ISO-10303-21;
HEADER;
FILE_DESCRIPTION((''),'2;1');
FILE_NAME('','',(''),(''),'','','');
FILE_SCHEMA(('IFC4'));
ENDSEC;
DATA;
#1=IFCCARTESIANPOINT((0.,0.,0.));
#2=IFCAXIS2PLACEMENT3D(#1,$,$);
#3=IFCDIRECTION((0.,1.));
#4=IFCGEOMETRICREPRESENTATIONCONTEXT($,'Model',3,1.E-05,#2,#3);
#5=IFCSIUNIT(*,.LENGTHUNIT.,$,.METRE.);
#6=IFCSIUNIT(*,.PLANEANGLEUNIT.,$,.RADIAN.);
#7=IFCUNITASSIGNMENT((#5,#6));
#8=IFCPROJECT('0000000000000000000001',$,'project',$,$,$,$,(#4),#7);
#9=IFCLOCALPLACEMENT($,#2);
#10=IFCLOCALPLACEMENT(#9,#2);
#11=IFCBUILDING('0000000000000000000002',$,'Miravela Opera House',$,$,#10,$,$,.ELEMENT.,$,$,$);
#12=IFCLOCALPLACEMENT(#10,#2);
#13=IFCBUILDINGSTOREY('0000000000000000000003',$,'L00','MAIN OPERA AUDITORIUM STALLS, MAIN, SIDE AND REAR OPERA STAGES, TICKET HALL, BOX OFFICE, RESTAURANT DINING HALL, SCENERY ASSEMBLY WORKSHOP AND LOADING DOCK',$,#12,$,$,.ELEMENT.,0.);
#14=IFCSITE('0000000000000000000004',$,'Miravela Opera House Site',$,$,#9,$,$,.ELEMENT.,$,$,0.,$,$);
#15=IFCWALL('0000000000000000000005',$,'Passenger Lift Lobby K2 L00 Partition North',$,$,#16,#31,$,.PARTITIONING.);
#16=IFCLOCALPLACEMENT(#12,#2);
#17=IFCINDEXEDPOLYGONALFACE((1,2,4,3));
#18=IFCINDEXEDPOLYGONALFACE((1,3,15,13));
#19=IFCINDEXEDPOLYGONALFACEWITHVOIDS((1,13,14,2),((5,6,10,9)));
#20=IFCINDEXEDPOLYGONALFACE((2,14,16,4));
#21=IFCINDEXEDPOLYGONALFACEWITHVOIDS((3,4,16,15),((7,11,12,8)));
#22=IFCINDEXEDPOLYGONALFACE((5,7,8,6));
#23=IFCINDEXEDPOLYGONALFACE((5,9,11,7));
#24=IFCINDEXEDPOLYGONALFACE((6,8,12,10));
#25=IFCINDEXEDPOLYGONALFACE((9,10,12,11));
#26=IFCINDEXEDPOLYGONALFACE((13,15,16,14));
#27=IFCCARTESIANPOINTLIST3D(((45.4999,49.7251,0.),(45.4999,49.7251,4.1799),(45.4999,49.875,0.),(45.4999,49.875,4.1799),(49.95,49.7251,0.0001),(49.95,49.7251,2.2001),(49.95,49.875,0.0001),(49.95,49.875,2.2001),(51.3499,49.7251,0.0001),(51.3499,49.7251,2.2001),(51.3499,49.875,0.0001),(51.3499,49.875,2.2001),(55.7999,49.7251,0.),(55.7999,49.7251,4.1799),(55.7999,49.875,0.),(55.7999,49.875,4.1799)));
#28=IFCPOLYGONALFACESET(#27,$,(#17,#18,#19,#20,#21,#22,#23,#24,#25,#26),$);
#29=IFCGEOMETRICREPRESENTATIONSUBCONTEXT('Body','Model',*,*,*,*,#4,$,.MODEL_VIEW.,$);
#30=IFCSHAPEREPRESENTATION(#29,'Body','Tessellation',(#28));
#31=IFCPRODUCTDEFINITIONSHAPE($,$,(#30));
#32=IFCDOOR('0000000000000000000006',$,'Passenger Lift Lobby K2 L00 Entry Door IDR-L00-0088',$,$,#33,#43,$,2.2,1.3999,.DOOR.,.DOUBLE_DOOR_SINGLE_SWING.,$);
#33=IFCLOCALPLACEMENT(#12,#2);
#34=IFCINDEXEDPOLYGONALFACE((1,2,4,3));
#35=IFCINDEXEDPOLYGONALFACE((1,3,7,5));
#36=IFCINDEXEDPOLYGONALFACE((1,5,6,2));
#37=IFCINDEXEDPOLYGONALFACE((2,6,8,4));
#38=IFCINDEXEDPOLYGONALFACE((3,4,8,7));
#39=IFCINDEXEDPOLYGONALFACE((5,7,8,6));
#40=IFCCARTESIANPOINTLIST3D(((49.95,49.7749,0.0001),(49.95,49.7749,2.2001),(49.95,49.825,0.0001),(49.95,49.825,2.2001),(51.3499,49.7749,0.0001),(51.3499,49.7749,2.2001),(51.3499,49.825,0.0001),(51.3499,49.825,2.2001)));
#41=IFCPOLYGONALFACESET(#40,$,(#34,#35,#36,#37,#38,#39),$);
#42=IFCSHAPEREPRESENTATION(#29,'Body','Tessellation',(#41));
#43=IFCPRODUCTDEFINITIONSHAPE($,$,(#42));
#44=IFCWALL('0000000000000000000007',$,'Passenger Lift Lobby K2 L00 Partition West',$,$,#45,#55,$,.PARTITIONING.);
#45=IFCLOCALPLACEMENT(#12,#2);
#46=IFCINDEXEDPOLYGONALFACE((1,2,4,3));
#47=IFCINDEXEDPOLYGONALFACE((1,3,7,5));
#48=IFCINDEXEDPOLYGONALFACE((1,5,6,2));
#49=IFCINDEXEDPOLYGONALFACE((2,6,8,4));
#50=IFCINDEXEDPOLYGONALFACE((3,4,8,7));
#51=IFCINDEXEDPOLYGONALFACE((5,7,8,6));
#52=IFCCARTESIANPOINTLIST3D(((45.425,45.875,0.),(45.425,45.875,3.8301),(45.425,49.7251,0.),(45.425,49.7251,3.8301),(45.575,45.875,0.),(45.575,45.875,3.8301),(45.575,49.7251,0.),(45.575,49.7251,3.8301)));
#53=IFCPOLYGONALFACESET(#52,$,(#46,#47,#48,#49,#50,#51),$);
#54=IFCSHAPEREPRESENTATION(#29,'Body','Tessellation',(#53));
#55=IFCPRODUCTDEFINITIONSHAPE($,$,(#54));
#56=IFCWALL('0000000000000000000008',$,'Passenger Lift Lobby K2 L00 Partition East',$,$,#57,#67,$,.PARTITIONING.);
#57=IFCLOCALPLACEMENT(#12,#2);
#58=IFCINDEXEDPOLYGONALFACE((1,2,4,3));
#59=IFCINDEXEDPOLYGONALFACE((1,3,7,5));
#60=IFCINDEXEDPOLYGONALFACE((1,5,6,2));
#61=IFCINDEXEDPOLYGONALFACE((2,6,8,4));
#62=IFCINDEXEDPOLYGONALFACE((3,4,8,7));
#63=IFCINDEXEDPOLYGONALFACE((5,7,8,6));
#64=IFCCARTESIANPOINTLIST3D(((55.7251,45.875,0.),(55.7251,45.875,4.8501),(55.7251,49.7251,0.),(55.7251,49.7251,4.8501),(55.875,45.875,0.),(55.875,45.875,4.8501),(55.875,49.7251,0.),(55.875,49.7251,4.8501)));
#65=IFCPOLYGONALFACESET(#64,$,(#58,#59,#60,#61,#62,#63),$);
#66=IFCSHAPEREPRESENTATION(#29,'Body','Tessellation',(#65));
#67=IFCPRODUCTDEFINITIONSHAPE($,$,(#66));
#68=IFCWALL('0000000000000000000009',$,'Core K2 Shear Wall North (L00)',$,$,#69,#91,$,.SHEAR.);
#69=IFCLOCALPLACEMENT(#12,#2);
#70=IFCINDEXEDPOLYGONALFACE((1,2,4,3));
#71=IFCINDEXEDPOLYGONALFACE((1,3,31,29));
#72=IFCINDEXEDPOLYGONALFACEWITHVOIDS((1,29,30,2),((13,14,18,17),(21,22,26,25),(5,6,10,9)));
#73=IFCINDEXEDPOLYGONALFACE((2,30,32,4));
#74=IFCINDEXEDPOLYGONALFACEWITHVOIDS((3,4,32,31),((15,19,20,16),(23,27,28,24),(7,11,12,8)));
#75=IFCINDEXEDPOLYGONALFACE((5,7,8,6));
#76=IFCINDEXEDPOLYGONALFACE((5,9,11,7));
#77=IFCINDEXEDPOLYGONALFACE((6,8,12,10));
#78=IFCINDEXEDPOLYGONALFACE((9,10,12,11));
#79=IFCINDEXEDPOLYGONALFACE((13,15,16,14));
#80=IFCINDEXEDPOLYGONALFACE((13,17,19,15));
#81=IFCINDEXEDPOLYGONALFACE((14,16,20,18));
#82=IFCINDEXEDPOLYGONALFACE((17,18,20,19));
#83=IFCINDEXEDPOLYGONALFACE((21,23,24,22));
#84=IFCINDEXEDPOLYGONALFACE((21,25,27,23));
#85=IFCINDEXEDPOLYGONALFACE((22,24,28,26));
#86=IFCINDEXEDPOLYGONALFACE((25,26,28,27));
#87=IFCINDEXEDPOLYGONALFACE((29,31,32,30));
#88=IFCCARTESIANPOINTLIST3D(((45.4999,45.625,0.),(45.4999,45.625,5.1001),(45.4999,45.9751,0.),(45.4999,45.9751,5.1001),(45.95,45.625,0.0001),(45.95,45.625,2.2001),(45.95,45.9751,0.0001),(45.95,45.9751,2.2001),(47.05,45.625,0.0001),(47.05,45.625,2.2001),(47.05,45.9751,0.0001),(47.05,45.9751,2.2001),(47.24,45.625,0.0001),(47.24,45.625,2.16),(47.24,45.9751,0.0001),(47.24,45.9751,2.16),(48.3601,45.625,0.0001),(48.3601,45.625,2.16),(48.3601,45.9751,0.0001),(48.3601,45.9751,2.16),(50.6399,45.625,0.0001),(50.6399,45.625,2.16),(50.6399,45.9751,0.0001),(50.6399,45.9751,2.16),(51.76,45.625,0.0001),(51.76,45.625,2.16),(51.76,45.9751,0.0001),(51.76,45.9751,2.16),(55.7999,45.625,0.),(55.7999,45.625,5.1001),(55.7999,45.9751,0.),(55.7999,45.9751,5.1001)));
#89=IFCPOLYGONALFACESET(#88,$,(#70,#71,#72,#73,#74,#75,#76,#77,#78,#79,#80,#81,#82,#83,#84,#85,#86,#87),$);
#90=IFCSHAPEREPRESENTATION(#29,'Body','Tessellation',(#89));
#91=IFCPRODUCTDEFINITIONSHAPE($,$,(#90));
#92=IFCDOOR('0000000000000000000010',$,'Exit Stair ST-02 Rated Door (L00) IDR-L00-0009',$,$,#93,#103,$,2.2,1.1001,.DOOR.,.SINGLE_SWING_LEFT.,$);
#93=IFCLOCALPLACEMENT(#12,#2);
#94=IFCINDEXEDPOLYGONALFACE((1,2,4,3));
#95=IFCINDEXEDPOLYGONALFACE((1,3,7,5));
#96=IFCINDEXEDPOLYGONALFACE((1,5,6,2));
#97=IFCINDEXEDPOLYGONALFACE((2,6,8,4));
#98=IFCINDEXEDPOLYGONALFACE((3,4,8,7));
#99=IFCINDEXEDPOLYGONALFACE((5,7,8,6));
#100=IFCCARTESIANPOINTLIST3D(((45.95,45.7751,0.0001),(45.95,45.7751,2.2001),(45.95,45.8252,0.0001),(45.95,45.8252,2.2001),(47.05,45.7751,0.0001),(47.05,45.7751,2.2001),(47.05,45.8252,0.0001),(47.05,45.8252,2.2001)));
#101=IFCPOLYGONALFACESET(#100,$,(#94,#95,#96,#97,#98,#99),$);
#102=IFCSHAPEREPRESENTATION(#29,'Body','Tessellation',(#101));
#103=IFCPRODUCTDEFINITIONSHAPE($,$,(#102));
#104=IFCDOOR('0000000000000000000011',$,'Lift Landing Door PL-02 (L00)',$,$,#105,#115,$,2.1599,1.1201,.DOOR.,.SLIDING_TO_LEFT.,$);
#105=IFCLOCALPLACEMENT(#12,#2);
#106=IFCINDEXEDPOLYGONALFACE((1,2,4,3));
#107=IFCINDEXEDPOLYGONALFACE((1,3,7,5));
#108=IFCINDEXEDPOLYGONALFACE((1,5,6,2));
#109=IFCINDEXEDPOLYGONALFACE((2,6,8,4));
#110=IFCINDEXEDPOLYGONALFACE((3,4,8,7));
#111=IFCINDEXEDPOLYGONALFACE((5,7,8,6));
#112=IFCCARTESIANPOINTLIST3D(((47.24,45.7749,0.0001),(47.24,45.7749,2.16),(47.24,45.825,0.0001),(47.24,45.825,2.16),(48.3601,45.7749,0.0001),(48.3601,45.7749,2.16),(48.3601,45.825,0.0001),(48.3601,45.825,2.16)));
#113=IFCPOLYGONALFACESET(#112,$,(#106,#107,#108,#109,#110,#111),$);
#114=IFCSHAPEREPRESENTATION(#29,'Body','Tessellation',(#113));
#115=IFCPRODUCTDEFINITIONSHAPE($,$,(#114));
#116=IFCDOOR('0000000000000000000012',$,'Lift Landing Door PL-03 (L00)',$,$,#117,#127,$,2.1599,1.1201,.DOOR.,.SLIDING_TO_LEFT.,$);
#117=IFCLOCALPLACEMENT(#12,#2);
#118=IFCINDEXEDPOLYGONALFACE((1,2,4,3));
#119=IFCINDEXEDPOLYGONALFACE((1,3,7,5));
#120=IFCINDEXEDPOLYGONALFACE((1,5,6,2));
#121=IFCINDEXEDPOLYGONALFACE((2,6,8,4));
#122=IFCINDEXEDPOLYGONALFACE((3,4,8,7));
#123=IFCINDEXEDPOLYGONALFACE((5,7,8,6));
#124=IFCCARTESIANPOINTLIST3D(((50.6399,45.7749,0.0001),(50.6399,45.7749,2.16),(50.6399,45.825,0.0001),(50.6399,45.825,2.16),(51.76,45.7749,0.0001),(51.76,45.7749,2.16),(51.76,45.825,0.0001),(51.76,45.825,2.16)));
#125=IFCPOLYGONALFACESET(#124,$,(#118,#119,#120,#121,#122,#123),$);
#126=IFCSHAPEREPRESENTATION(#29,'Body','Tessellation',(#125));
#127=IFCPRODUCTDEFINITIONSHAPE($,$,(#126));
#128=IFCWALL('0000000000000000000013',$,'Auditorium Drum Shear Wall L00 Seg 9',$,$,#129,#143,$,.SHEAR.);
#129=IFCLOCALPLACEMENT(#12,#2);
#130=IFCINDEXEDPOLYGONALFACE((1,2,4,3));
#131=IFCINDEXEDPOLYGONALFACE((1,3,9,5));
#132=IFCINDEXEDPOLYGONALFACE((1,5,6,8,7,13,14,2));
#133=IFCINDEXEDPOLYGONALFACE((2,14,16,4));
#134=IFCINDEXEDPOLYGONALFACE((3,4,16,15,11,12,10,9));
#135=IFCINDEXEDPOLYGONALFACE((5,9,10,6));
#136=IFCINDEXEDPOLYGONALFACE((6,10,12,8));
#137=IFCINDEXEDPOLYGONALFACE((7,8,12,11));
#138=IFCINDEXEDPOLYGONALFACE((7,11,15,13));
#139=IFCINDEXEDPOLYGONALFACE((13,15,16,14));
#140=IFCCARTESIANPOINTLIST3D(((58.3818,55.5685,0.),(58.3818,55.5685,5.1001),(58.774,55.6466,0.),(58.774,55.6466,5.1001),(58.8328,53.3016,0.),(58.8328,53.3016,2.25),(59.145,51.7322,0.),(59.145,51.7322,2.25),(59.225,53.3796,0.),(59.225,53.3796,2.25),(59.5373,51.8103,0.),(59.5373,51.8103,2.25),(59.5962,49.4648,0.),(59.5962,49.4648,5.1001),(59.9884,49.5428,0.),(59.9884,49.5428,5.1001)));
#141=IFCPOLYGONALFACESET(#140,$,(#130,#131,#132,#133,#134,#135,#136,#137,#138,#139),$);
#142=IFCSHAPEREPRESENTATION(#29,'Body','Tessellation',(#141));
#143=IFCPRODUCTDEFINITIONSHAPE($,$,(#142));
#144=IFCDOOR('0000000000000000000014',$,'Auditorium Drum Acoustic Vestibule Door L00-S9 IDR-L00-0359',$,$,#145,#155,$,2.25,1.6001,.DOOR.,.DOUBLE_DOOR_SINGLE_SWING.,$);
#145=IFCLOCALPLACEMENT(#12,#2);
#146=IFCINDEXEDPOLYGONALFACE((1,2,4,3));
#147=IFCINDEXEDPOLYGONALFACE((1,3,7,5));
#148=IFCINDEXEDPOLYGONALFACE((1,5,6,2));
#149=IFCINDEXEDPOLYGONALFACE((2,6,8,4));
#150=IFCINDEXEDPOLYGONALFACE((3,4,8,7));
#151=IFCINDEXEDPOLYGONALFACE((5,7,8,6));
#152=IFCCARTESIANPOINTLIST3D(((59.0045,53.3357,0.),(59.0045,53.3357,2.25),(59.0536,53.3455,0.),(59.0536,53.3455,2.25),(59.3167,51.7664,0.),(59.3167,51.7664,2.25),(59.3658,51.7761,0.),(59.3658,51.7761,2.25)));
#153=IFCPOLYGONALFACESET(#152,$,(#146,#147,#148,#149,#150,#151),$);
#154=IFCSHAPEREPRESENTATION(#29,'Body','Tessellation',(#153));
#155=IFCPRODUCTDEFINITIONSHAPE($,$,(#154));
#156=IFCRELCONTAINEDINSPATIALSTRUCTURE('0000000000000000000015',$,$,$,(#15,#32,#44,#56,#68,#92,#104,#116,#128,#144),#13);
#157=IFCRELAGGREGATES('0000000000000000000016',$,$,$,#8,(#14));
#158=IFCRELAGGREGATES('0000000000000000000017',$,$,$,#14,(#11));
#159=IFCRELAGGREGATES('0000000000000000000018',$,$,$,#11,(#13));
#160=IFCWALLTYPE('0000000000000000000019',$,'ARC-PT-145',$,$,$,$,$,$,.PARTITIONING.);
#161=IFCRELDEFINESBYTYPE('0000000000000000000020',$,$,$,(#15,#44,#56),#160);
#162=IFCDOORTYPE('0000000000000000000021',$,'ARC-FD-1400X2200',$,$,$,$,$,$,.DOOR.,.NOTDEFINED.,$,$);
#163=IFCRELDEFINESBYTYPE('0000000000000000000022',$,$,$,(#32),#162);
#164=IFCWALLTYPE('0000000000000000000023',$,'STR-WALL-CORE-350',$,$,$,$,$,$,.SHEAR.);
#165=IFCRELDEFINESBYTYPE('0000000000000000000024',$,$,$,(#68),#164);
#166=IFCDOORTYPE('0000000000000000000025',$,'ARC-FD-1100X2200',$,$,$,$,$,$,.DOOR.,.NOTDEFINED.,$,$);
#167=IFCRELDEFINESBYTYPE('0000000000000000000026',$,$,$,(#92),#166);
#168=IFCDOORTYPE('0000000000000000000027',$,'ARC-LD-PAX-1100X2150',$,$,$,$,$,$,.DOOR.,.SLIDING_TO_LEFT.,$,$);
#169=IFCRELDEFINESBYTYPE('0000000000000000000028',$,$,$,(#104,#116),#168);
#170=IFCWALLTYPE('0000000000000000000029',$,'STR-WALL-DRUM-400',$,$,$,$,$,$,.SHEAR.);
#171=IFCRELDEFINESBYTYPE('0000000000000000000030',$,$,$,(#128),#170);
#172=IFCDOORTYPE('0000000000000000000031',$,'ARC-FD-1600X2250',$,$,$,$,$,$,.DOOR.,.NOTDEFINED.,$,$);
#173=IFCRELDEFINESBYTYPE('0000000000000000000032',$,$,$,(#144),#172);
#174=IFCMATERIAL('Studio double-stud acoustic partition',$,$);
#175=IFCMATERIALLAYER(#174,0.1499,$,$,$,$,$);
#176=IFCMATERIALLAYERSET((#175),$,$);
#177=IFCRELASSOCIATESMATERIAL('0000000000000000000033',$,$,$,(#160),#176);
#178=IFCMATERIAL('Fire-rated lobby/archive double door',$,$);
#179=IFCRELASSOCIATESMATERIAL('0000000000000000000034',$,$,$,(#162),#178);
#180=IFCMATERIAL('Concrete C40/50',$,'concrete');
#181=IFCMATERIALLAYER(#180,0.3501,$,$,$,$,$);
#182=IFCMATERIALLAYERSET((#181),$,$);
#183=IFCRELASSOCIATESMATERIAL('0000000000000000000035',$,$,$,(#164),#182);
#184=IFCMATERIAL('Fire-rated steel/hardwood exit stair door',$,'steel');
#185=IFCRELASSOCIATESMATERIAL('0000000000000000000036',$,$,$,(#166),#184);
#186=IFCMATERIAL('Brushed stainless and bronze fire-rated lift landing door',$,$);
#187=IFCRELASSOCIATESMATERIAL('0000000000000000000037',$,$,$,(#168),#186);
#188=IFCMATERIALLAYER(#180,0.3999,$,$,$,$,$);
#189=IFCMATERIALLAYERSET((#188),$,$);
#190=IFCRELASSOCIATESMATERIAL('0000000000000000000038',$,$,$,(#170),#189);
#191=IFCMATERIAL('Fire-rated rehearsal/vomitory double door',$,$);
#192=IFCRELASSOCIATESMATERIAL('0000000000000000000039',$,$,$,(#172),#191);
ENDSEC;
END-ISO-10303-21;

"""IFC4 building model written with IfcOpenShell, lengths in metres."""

from ifc_helpers import new_model, si_unit, direction, frame, frame_2d, origin, place, context, subcontext, project, spatial, rectangle, extrude, material, layer, layer_set, type_object, element, fill, save


model = new_model("IFC4")

# Units and contexts
model_context = context("Model", 3, precision=1e-05, world=origin(), true_north=direction((0.0, 1.0)))
body_context = subcontext(model_context, "Body", "Model", "MODEL_VIEW")
ifc_project = project(units=[si_unit("LENGTHUNIT", "METRE"), si_unit("PLANEANGLEUNIT", "RADIAN")], contexts=[model_context])

# Site, building, storey
site_placement = place(None, origin())
site = spatial("IfcSite", under=ifc_project, at=site_placement, Name="Miravela Opera House Site", CompositionType="ELEMENT", RefElevation=0.0)
building_placement = place(site_placement, origin())
building = spatial("IfcBuilding", under=site, at=building_placement, Name="Miravela Opera House", CompositionType="ELEMENT")
storey_placement = place(building_placement, origin())
storey = spatial("IfcBuildingStorey", under=building, at=storey_placement, Name="L00", Description="MAIN OPERA AUDITORIUM STALLS, MAIN, SIDE AND REAR OPERA STAGES, TICKET HALL, BOX OFFICE, RESTAURANT DINING HALL, SCENERY ASSEMBLY WORKSHOP AND LOADING DOCK", CompositionType="ELEMENT", Elevation=0.0)

# Shared definitions
ifc_material_1 = material(Name="Concrete C40/50", Category="concrete")

# Wall, opening, door
ifc_material_2 = material(Name="Studio double-stud acoustic partition")
ifc_layer_1 = layer(ifc_material_2, 0.1499)
ifc_layer_set_1 = layer_set([ifc_layer_1])
wall_type_1 = type_object("IfcWallType", Name="ARC-PT-145", PredefinedType="PARTITIONING", material=ifc_layer_set_1)
wall_1_placement = place(storey_placement, frame((45.5, 49.8, 0.0), z_axis=(0.0, 0.0, 1.0), x_axis=(1.0, 0.0, 0.0)))
wall_1 = element("IfcWall", 1, at=wall_1_placement, inside=storey, type_object=wall_type_1, Name="Passenger Lift Lobby K2 L00 Partition North", PredefinedType="PARTITIONING", context=body_context, shape_type="SweptSolid", body=[
    extrude(rectangle(XDim=10.3, YDim=0.1499, at=frame_2d((5.1499, 0.0))), origin(), (0.0, 0.0, 1.0), 4.1799),
])
opening_1_placement = place(wall_1_placement, frame((4.45, 0.0, 0.0)))
opening_1 = element("IfcOpeningElement", 2, at=opening_1_placement, cuts=wall_1, PredefinedType="OPENING", context=body_context, shape_type="SweptSolid", body=[
    extrude(rectangle(XDim=1.3999, YDim=2.2, at=frame_2d((0.7, 1.1001))), frame((0.0, 0.085, 0.0), z_axis=(0.0, -1.0, 0.0), x_axis=(1.0, 0.0, 0.0)), (0.0, 0.0, 1.0), 0.1699),
])
ifc_material_3 = material(Name="Fire-rated lobby/archive double door")
door_type_1 = type_object("IfcDoorType", Name="ARC-FD-1400X2200", OperationType="NOTDEFINED", PredefinedType="DOOR", material=ifc_material_3)
door_1_placement = place(opening_1_placement, origin())
door_1 = element("IfcDoor", 3, at=door_1_placement, inside=storey, type_object=door_type_1, Name="Passenger Lift Lobby K2 L00 Entry Door IDR-L00-0088", OperationType="DOUBLE_DOOR_SINGLE_SWING", OverallHeight=2.2, OverallWidth=1.3999, PredefinedType="DOOR", context=body_context, shape_type="SweptSolid", body=[
    extrude(rectangle(XDim=1.3999, YDim=2.2, at=frame_2d((0.7, 1.1001))), frame((0.0, 0.0249, 0.0), z_axis=(0.0, -1.0, 0.0), x_axis=(1.0, 0.0, 0.0)), (0.0, 0.0, 1.0), 0.05),
])
fill(opening_1, door_1)

# Walls
wall_2_placement = place(storey_placement, frame((45.5, 45.875, 0.0), z_axis=(0.0, 0.0, 1.0), x_axis=(0.0, 1.0, 0.0)))
element("IfcWall", 4, at=wall_2_placement, inside=storey, type_object=wall_type_1, Name="Passenger Lift Lobby K2 L00 Partition West", PredefinedType="PARTITIONING", context=body_context, shape_type="SweptSolid", body=[
    extrude(rectangle(XDim=3.8501, YDim=0.1499, at=frame_2d((1.925, 0.0))), origin(), (0.0, 0.0, 1.0), 3.8301),
])
wall_3_placement = place(storey_placement, frame((55.8, 45.875, 0.0), z_axis=(0.0, 0.0, 1.0), x_axis=(0.0, 1.0, 0.0)))
element("IfcWall", 5, at=wall_3_placement, inside=storey, type_object=wall_type_1, Name="Passenger Lift Lobby K2 L00 Partition East", PredefinedType="PARTITIONING", context=body_context, shape_type="SweptSolid", body=[
    extrude(rectangle(XDim=3.8501, YDim=0.1499, at=frame_2d((1.925, 0.0))), origin(), (0.0, 0.0, 1.0), 4.8501),
])

# Wall, openings, doors
ifc_layer_2 = layer(ifc_material_1, 0.3501)
ifc_layer_set_2 = layer_set([ifc_layer_2])
wall_type_2 = type_object("IfcWallType", Name="STR-WALL-CORE-350", PredefinedType="SHEAR", material=ifc_layer_set_2)
wall_4_placement = place(storey_placement, frame((45.5, 45.8, 0.0), z_axis=(0.0, 0.0, 1.0), x_axis=(1.0, 0.0, 0.0)))
wall_4 = element("IfcWall", 6, at=wall_4_placement, inside=storey, type_object=wall_type_2, Name="Core K2 Shear Wall North (L00)", PredefinedType="SHEAR", context=body_context, shape_type="SweptSolid", body=[
    extrude(rectangle(XDim=10.3, YDim=0.3501, at=frame_2d((5.1499, 0.0))), origin(), (0.0, 0.0, 1.0), 5.1001),
])
opening_2_placement = place(wall_4_placement, frame((0.45, 0.0, 0.0)))
opening_2 = element("IfcOpeningElement", 7, at=opening_2_placement, cuts=wall_4, PredefinedType="OPENING", context=body_context, shape_type="SweptSolid", body=[
    extrude(rectangle(XDim=1.1001, YDim=2.2, at=frame_2d((0.55, 1.1001))), frame((0.0, 0.1851, 0.0), z_axis=(0.0, -1.0, 0.0), x_axis=(1.0, 0.0, 0.0)), (0.0, 0.0, 1.0), 0.3701),
])
opening_3_placement = place(wall_4_placement, frame((1.74, 0.0, 0.0)))
opening_3 = element("IfcOpeningElement", 8, at=opening_3_placement, cuts=wall_4, PredefinedType="OPENING", context=body_context, shape_type="SweptSolid", body=[
    extrude(rectangle(XDim=1.1201, YDim=2.1599, at=frame_2d((0.5601, 1.0801))), frame((0.0, 0.1851, 0.0), z_axis=(0.0, -1.0, 0.0), x_axis=(1.0, 0.0, 0.0)), (0.0, 0.0, 1.0), 0.3701),
])
opening_4_placement = place(wall_4_placement, frame((5.1399, 0.0, 0.0)))
opening_4 = element("IfcOpeningElement", 9, at=opening_4_placement, cuts=wall_4, PredefinedType="OPENING", context=body_context, shape_type="SweptSolid", body=[
    extrude(rectangle(XDim=1.1201, YDim=2.1599, at=frame_2d((0.5601, 1.0801))), frame((0.0, 0.1851, 0.0), z_axis=(0.0, -1.0, 0.0), x_axis=(1.0, 0.0, 0.0)), (0.0, 0.0, 1.0), 0.3701),
])
ifc_material_4 = material(Name="Fire-rated steel/hardwood exit stair door", Category="steel")
door_type_2 = type_object("IfcDoorType", Name="ARC-FD-1100X2200", OperationType="NOTDEFINED", PredefinedType="DOOR", material=ifc_material_4)
door_2_placement = place(opening_2_placement, frame((1.1001, 0.0, 0.0), z_axis=(0.0, 0.0, 1.0), x_axis=(-1.0, 0.0, 0.0)))
door_2 = element("IfcDoor", 10, at=door_2_placement, inside=storey, type_object=door_type_2, Name="Exit Stair ST-02 Rated Door (L00) IDR-L00-0009", OperationType="SINGLE_SWING_LEFT", OverallHeight=2.2, OverallWidth=1.1001, PredefinedType="DOOR", context=body_context, shape_type="SweptSolid", body=[
    extrude(rectangle(XDim=1.1001, YDim=2.2, at=frame_2d((0.55, 1.1001))), frame((0.0, 0.0249, 0.0), z_axis=(0.0, -1.0, 0.0), x_axis=(1.0, 0.0, 0.0)), (0.0, 0.0, 1.0), 0.05),
])
fill(opening_2, door_2)
ifc_material_5 = material(Name="Brushed stainless and bronze fire-rated lift landing door")
door_type_3 = type_object("IfcDoorType", Name="ARC-LD-PAX-1100X2150", OperationType="SLIDING_TO_LEFT", PredefinedType="DOOR", material=ifc_material_5)
door_3_placement = place(opening_3_placement, origin())
door_3 = element("IfcDoor", 11, at=door_3_placement, inside=storey, type_object=door_type_3, Name="Lift Landing Door PL-02 (L00)", OperationType="SLIDING_TO_LEFT", OverallHeight=2.1599, OverallWidth=1.1201, PredefinedType="DOOR", context=body_context, shape_type="SweptSolid", body=[
    extrude(rectangle(XDim=1.1201, YDim=2.1599, at=frame_2d((0.5601, 1.0801))), frame((0.0, 0.0249, 0.0), z_axis=(0.0, -1.0, 0.0), x_axis=(1.0, 0.0, 0.0)), (0.0, 0.0, 1.0), 0.05),
])
fill(opening_3, door_3)
door_4_placement = place(opening_4_placement, origin())
door_4 = element("IfcDoor", 12, at=door_4_placement, inside=storey, type_object=door_type_3, Name="Lift Landing Door PL-03 (L00)", OperationType="SLIDING_TO_LEFT", OverallHeight=2.1599, OverallWidth=1.1201, PredefinedType="DOOR", context=body_context, shape_type="SweptSolid", body=[
    extrude(rectangle(XDim=1.1201, YDim=2.1599, at=frame_2d((0.5601, 1.0801))), frame((0.0, 0.0249, 0.0), z_axis=(0.0, -1.0, 0.0), x_axis=(1.0, 0.0, 0.0)), (0.0, 0.0, 1.0), 0.05),
])
fill(opening_4, door_4)

# Wall, opening, door
ifc_layer_3 = layer(ifc_material_1, 0.3999)
ifc_layer_set_3 = layer_set([ifc_layer_3])
wall_type_3 = type_object("IfcWallType", Name="STR-WALL-DRUM-400", PredefinedType="SHEAR", material=ifc_layer_set_3)
wall_5_placement = place(storey_placement, frame((58.5779, 55.6077, 0.0), z_axis=(0.0, 0.0, 1.0), x_axis=(0.195128, -0.980778, 0.0)))
wall_5 = element("IfcWall", 13, at=wall_5_placement, inside=storey, type_object=wall_type_3, Name="Auditorium Drum Shear Wall L00 Seg 9", PredefinedType="SHEAR", context=body_context, shape_type="SweptSolid", body=[
    extrude(rectangle(XDim=6.2234, YDim=0.3999, at=frame_2d((3.1118, 0.0))), origin(), (0.0, 0.0, 1.0), 5.1001),
])
opening_5_placement = place(wall_5_placement, frame((2.3115, 0.0, 0.0)))
opening_5 = element("IfcOpeningElement", 14, at=opening_5_placement, cuts=wall_5, PredefinedType="OPENING", context=body_context, shape_type="SweptSolid", body=[
    extrude(rectangle(XDim=1.6001, YDim=2.25, at=frame_2d((0.8, 1.125))), frame((0.0, 0.21, 0.0), z_axis=(0.0, -1.0, 0.0), x_axis=(1.0, 0.0, 0.0)), (0.0, 0.0, 1.0), 0.4199),
])
ifc_material_6 = material(Name="Fire-rated rehearsal/vomitory double door")
door_type_4 = type_object("IfcDoorType", Name="ARC-FD-1600X2250", OperationType="NOTDEFINED", PredefinedType="DOOR", material=ifc_material_6)
door_5_placement = place(opening_5_placement, frame((1.6001, 0.0, 0.0), z_axis=(0.0, 0.0, 1.0), x_axis=(-1.0, 0.0, 0.0)))
door_5 = element("IfcDoor", 15, at=door_5_placement, inside=storey, type_object=door_type_4, Name="Auditorium Drum Acoustic Vestibule Door L00-S9 IDR-L00-0359", OperationType="DOUBLE_DOOR_SINGLE_SWING", OverallHeight=2.25, OverallWidth=1.6001, PredefinedType="DOOR", context=body_context, shape_type="SweptSolid", body=[
    extrude(rectangle(XDim=1.6001, YDim=2.25, at=frame_2d((0.8, 1.125))), frame((0.0, 0.0249, 0.0), z_axis=(0.0, -1.0, 0.0), x_axis=(1.0, 0.0, 0.0)), (0.0, 0.0, 1.0), 0.05),
])
fill(opening_5, door_5)

save(model, "model.ifc")
